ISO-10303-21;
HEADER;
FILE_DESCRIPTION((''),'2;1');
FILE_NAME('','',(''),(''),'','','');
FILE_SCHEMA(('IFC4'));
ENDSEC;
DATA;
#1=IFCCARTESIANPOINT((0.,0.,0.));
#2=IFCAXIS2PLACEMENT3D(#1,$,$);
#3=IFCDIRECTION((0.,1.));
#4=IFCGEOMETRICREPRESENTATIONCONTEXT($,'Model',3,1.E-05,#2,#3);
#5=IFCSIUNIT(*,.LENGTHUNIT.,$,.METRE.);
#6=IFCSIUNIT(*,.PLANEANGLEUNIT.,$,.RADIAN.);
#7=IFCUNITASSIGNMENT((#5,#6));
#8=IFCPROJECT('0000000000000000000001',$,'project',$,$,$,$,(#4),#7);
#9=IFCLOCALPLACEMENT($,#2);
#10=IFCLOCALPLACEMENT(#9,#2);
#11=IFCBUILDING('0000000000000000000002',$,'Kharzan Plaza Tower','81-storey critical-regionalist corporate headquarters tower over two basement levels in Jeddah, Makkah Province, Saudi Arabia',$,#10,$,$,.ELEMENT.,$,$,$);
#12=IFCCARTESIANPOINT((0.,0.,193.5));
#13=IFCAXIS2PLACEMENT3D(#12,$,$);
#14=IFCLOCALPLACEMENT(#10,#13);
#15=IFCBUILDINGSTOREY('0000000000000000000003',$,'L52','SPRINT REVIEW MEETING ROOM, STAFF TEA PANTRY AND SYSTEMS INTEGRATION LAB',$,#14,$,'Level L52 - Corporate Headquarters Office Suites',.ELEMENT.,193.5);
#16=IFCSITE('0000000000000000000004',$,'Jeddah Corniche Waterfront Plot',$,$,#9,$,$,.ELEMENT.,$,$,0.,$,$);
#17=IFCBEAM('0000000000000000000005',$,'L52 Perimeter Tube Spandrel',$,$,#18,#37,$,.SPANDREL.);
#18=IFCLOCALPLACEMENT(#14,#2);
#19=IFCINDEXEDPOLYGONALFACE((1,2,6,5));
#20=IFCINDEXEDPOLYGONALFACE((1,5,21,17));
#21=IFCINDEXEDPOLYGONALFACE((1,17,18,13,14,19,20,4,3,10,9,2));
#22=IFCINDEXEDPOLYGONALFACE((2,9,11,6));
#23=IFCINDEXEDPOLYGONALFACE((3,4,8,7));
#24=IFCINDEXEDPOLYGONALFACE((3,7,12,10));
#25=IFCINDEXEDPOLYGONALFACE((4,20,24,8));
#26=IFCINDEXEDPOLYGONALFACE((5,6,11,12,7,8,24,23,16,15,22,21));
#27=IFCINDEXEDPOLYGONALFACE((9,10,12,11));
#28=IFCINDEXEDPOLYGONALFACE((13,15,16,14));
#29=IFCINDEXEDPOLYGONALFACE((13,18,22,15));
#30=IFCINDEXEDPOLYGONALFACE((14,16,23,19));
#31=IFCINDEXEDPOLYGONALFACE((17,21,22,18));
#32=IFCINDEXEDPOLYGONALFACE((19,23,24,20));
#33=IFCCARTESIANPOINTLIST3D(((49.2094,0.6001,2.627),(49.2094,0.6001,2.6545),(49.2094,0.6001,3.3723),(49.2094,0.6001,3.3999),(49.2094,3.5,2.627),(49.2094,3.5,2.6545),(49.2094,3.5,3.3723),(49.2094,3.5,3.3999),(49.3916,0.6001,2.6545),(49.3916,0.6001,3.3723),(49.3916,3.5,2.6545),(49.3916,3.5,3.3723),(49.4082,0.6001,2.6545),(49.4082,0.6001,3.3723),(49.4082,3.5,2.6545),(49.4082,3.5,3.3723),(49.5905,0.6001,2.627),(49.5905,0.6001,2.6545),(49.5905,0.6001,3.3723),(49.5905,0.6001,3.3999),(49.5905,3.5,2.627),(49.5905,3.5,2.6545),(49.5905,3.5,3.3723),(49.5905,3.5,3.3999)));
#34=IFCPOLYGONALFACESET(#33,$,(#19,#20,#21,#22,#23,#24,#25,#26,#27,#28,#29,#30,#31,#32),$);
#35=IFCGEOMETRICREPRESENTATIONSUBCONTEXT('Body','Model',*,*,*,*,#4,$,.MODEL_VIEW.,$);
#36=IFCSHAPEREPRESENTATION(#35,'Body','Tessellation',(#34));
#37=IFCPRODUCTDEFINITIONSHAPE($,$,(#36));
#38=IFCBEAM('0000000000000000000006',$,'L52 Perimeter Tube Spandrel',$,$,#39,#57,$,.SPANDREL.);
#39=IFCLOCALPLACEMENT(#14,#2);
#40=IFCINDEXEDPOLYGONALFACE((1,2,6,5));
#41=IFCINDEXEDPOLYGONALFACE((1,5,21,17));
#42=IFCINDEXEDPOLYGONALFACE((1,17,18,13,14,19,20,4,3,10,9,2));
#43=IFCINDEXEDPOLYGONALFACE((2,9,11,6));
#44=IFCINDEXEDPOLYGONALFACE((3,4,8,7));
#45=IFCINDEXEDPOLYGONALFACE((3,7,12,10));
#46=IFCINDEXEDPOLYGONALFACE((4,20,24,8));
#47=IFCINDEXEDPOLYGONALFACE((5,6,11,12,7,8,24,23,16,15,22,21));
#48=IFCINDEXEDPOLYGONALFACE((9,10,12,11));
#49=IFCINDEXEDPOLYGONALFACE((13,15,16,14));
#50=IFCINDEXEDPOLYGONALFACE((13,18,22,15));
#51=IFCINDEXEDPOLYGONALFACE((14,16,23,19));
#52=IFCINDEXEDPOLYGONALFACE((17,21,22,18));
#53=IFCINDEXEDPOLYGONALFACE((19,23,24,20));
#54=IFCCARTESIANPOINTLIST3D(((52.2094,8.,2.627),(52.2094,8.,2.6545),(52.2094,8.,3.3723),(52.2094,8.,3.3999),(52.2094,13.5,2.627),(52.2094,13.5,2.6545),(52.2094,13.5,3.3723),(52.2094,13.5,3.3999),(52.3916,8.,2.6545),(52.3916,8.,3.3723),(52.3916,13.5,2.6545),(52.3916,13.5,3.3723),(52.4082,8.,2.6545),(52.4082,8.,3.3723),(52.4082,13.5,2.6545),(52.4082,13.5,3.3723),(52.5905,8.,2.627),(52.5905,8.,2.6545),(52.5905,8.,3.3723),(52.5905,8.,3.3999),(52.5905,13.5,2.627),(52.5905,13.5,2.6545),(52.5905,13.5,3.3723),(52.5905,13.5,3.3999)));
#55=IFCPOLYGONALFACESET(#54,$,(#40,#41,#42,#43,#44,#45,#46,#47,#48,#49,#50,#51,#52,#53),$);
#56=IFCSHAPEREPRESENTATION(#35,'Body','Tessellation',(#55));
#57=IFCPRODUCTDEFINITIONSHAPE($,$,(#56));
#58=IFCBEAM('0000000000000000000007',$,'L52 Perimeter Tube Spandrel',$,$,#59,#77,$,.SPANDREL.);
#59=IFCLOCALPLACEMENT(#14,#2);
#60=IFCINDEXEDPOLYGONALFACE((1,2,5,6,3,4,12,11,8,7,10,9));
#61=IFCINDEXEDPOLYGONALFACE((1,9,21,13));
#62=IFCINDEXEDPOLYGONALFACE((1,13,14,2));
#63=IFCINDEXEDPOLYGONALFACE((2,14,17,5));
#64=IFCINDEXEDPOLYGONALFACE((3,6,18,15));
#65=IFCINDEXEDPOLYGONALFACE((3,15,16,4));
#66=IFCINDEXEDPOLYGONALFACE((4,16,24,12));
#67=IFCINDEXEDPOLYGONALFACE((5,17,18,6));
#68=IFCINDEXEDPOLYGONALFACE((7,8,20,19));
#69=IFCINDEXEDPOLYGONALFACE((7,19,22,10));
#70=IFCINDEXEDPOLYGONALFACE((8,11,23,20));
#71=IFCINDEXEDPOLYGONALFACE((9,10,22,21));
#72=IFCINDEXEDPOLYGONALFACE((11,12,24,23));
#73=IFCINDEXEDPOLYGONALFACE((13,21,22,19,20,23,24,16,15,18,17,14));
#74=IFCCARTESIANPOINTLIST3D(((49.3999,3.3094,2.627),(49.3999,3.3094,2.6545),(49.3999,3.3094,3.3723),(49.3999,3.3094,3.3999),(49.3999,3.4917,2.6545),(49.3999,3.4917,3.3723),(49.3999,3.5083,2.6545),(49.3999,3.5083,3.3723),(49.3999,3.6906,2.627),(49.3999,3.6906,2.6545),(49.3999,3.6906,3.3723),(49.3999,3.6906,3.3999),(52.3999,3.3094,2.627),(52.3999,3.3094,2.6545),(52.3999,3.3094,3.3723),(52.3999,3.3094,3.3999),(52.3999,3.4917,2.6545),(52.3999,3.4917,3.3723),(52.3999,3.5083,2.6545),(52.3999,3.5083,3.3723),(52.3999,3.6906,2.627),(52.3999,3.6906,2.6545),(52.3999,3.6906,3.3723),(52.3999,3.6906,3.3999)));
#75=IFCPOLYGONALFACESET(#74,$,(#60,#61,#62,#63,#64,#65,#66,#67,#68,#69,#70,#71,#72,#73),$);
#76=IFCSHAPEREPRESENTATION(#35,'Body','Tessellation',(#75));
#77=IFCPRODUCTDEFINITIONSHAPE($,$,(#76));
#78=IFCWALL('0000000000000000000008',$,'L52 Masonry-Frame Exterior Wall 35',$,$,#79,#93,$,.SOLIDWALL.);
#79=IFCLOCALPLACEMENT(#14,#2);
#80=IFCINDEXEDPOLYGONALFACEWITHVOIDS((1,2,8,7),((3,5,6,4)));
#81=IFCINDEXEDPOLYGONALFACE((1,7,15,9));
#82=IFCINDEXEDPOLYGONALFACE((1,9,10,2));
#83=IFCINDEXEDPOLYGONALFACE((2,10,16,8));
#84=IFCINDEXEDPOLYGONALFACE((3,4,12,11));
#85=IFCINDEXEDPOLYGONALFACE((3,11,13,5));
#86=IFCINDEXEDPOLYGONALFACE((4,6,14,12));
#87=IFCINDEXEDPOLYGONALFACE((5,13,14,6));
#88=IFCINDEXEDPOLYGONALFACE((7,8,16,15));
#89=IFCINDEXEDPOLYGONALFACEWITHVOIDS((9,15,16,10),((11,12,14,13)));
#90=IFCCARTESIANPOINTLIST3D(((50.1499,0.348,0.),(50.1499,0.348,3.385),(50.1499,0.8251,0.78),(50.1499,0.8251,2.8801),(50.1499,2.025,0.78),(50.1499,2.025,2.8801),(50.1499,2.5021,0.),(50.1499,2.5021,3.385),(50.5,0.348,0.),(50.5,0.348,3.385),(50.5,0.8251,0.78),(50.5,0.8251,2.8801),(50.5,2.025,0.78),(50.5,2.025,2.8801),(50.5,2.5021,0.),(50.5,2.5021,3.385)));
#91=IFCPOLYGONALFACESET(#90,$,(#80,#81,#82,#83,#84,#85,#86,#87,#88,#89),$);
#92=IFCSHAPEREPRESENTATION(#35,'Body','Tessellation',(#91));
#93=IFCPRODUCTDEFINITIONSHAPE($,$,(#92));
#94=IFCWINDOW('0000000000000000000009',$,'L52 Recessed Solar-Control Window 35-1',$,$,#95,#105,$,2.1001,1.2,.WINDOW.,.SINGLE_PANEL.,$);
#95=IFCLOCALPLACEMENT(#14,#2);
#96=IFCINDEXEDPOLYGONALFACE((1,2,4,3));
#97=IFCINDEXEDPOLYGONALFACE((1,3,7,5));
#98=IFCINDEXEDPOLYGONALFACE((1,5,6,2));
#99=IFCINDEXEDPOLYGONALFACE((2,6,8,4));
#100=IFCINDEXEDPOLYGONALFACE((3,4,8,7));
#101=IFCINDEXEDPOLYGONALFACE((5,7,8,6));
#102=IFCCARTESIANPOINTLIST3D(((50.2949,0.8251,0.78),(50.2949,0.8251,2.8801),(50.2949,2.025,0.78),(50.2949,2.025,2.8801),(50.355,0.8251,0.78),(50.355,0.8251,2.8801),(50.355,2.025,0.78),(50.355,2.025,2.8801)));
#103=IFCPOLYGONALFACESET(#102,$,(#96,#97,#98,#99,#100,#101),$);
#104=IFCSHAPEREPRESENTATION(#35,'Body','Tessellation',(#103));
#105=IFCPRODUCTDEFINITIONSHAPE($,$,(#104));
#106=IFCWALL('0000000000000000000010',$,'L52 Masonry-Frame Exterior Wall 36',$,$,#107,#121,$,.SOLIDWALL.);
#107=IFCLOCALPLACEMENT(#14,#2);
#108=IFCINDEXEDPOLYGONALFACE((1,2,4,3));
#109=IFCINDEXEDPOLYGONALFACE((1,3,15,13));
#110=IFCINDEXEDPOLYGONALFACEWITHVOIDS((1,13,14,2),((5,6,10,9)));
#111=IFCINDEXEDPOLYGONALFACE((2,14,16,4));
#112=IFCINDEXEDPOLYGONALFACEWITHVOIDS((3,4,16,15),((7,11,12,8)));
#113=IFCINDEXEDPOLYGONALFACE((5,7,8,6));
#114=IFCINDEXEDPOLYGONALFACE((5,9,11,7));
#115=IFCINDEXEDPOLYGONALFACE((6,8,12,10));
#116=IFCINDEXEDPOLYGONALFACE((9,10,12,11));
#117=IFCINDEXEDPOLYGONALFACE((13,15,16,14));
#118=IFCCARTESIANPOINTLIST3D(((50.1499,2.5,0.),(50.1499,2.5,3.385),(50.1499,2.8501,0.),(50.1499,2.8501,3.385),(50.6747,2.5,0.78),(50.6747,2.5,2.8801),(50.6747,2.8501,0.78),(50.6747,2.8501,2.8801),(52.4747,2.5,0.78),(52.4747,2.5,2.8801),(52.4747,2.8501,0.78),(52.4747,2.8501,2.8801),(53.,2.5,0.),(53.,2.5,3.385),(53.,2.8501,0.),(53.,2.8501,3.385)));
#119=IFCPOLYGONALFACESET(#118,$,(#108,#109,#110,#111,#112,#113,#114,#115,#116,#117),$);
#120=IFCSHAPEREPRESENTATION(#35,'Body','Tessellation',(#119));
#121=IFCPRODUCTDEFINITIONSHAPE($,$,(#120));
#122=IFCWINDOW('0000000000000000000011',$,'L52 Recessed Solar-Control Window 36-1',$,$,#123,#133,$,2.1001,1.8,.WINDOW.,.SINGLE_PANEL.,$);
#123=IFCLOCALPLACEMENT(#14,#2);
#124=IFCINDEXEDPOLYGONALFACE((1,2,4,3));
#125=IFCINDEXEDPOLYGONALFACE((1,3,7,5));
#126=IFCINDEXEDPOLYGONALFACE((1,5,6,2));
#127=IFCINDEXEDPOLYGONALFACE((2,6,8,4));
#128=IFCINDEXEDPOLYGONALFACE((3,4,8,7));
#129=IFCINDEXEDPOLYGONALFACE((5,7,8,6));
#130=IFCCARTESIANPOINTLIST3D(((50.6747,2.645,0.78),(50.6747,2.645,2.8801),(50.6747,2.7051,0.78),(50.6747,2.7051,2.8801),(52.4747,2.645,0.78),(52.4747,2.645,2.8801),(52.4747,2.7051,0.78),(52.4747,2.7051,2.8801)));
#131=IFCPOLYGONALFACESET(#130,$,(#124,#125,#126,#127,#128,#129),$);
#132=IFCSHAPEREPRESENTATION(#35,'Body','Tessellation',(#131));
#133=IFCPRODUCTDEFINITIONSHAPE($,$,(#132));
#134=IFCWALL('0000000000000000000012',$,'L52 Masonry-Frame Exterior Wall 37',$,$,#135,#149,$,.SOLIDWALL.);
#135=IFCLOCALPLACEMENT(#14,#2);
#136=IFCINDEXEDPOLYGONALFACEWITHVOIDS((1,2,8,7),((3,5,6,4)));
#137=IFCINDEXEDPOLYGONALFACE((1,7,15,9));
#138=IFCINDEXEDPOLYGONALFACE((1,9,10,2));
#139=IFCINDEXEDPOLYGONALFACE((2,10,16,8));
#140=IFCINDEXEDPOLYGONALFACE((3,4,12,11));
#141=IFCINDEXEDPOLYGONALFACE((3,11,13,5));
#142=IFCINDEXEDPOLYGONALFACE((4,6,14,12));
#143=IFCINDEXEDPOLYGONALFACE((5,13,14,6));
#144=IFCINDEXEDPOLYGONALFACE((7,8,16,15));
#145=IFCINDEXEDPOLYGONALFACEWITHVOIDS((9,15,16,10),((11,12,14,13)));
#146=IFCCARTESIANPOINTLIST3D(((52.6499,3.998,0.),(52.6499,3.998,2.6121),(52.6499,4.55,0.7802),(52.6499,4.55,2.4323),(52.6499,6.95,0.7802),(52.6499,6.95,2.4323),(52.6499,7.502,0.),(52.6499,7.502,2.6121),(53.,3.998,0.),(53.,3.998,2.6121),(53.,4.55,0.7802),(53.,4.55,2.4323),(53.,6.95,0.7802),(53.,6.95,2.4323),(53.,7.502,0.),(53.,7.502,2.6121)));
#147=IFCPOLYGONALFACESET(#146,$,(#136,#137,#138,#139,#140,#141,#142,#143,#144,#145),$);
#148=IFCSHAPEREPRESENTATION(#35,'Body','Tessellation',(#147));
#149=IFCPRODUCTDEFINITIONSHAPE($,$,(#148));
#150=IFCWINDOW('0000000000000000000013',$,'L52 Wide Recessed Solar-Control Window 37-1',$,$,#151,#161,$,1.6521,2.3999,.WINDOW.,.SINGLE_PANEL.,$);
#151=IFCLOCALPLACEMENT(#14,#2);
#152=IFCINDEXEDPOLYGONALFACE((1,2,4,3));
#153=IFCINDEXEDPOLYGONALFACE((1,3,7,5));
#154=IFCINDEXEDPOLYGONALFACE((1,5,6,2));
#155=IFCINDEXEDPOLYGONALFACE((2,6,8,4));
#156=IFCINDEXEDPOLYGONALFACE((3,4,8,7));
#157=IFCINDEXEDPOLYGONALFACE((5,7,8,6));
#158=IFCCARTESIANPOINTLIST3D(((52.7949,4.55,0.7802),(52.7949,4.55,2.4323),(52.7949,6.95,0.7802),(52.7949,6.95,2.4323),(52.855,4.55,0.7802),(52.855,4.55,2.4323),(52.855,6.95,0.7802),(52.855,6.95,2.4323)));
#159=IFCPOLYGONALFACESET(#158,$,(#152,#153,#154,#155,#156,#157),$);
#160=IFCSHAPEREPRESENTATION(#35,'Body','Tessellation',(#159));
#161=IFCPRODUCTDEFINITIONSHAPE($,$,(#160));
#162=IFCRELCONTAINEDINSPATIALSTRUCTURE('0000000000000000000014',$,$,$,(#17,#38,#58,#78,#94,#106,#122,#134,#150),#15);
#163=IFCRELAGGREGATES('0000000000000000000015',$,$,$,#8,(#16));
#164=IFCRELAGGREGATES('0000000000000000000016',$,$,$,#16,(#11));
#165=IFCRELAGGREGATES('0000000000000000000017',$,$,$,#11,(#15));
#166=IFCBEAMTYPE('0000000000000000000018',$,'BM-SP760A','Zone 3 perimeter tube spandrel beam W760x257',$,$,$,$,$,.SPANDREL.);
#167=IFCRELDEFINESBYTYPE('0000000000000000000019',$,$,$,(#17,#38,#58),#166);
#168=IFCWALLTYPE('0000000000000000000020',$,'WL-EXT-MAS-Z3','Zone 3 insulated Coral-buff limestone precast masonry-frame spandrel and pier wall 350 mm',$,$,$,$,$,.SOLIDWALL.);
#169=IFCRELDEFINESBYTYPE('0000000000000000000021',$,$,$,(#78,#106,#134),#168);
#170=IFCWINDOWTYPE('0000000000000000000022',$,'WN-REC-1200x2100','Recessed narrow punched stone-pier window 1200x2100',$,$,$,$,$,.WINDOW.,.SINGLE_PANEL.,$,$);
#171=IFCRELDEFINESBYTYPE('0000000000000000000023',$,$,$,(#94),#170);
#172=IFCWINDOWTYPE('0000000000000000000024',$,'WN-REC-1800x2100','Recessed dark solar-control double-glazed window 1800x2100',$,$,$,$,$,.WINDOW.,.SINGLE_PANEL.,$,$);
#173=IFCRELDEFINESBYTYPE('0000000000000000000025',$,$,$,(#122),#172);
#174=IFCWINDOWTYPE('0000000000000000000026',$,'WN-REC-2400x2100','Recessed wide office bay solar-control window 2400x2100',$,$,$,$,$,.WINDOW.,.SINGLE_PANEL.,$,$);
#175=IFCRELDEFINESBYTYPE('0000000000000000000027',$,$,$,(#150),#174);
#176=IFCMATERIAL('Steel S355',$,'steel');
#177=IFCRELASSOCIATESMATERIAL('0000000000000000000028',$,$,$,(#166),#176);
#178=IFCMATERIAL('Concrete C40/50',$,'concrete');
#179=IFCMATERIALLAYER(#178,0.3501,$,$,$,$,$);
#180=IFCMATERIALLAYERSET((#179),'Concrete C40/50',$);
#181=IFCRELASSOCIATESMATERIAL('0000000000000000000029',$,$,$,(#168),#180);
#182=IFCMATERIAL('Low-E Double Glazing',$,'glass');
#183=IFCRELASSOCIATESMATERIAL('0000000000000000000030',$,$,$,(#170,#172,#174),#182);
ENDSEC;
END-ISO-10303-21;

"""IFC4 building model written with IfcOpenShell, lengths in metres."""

from ifc_helpers import new_model, si_unit, direction, frame, frame_2d, origin, origin_2d, place, context, subcontext, project, spatial, rectangle, i_section, extrude, source, transform, mapped, material, layer, layer_set, material_profile, profile_set, type_object, element, fill, save


model = new_model("IFC4")

# Units and contexts
model_context = context("Model", 3, precision=1e-05, world=origin(), true_north=direction((0.0, 1.0)))
body_context = subcontext(model_context, "Body", "Model", "MODEL_VIEW")
ifc_project = project(units=[si_unit("LENGTHUNIT", "METRE"), si_unit("PLANEANGLEUNIT", "RADIAN")], contexts=[model_context])

# Site, building, storey
site_placement = place(None, origin())
site = spatial("IfcSite", under=ifc_project, at=site_placement, Name="Jeddah Corniche Waterfront Plot", CompositionType="ELEMENT", RefElevation=0.0)
building_placement = place(site_placement, origin())
building = spatial("IfcBuilding", under=site, at=building_placement, Name="Kharzan Plaza Tower", Description="81-storey critical-regionalist corporate headquarters tower over two basement levels in Jeddah, Makkah Province, Saudi Arabia", CompositionType="ELEMENT")
storey_placement = place(building_placement, frame((0.0, 0.0, 193.5)))
storey = spatial("IfcBuildingStorey", under=building, at=storey_placement, Name="L52", Description="SPRINT REVIEW MEETING ROOM, STAFF TEA PANTRY AND SYSTEMS INTEGRATION LAB", LongName="Level L52 - Corporate Headquarters Office Suites", CompositionType="ELEMENT", Elevation=193.5)

# Beams
ifc_material_1 = material(Name="Steel S355", Category="steel")
ifc_material_profile_1 = material_profile(ifc_material_1, i_section(OverallWidth=0.3811, OverallDepth=0.7729, WebThickness=0.0166, FlangeThickness=0.0276, at=origin_2d()), Name="W760x257")
ifc_profile_set_1 = profile_set([ifc_material_profile_1], Name="Steel S355")
beam_type_1 = type_object("IfcBeamType", Name="BM-SP760A", Description="Zone 3 perimeter tube spandrel beam W760x257", PredefinedType="SPANDREL", material=ifc_profile_set_1)
shared_shape_1 = source(origin(), body_context, "Body", "SweptSolid", [
    extrude(i_section(OverallWidth=0.3811, OverallDepth=0.7729, WebThickness=0.0166, FlangeThickness=0.0276, at=origin_2d()), origin(), (0.0, 0.0, 1.0), 2.8999),
])
beam_1_placement = place(storey_placement, frame((49.3999, 0.6001, 3.0134), z_axis=(0.0, 1.0, 0.0), x_axis=(-1.0, 0.0, 0.0)))
element("IfcBeam", 1, at=beam_1_placement, inside=storey, type_object=beam_type_1, Name="L52 Perimeter Tube Spandrel", PredefinedType="SPANDREL", context=body_context, shape_type="MappedRepresentation", body=[
    mapped(shared_shape_1, transform((0.0, 0.0, 0.0), x_axis=(1.0, 0.0, 0.0), y_axis=(0.0, 1.0, 0.0), z_axis=(0.0, 0.0, 1.0))),
])
shared_shape_2 = source(origin(), body_context, "Body", "SweptSolid", [
    extrude(i_section(OverallWidth=0.3811, OverallDepth=0.7729, WebThickness=0.0166, FlangeThickness=0.0276, at=origin_2d()), origin(), (0.0, 0.0, 1.0), 5.5),
])
beam_2_placement = place(storey_placement, frame((52.3999, 8.0, 3.0134), z_axis=(0.0, 1.0, 0.0), x_axis=(-1.0, 0.0, 0.0)))
element("IfcBeam", 2, at=beam_2_placement, inside=storey, type_object=beam_type_1, Name="L52 Perimeter Tube Spandrel", PredefinedType="SPANDREL", context=body_context, shape_type="MappedRepresentation", body=[
    mapped(shared_shape_2, transform((0.0, 0.0, 0.0), x_axis=(1.0, 0.0, 0.0), y_axis=(0.0, 1.0, 0.0), z_axis=(0.0, 0.0, 1.0))),
])
shared_shape_3 = source(origin(), body_context, "Body", "SweptSolid", [
    extrude(i_section(OverallWidth=0.3811, OverallDepth=0.7729, WebThickness=0.0166, FlangeThickness=0.0276, at=origin_2d()), origin(), (0.0, 0.0, 1.0), 3.0),
])
beam_3_placement = place(storey_placement, frame((49.3999, 3.5, 3.0134), z_axis=(1.0, 0.0, 0.0), x_axis=(0.0, 1.0, 0.0)))
element("IfcBeam", 3, at=beam_3_placement, inside=storey, type_object=beam_type_1, Name="L52 Perimeter Tube Spandrel", PredefinedType="SPANDREL", context=body_context, shape_type="MappedRepresentation", body=[
    mapped(shared_shape_3, transform((0.0, 0.0, 0.0), x_axis=(1.0, 0.0, 0.0), y_axis=(0.0, 1.0, 0.0), z_axis=(0.0, 0.0, 1.0))),
])

# Walls, openings, windows
ifc_material_2 = material(Name="Concrete C40/50", Category="concrete")
ifc_layer_1 = layer(ifc_material_2, 0.3501)
ifc_layer_set_1 = layer_set([ifc_layer_1], Name="Concrete C40/50")
wall_type_1 = type_object("IfcWallType", Name="WL-EXT-MAS-Z3", Description="Zone 3 insulated Coral-buff limestone precast masonry-frame spandrel and pier wall 350 mm", PredefinedType="SOLIDWALL", material=ifc_layer_set_1)
wall_1_placement = place(storey_placement, frame((50.325, 0.3479, 0.0), z_axis=(0.0, 0.0, 1.0), x_axis=(0.0, 1.0, 0.0)))
wall_1 = element("IfcWall", 4, at=wall_1_placement, inside=storey, type_object=wall_type_1, Name="L52 Masonry-Frame Exterior Wall 35", PredefinedType="SOLIDWALL", context=body_context, shape_type="SweptSolid", body=[
    extrude(rectangle(XDim=2.1541, YDim=0.3501, at=frame_2d((1.0771, 0.0))), origin(), (0.0, 0.0, 1.0), 3.385),
])
opening_1_placement = place(wall_1_placement, frame((0.4771, 0.0, 0.78)))
opening_1 = element("IfcOpeningElement", 5, at=opening_1_placement, cuts=wall_1, PredefinedType="OPENING", context=body_context, shape_type="SweptSolid", body=[
    extrude(rectangle(XDim=1.2, YDim=2.1001, at=frame_2d((0.6001, 1.05))), frame((0.0, 0.1851, 0.0), z_axis=(0.0, -1.0, 0.0), x_axis=(1.0, 0.0, 0.0)), (0.0, 0.0, 1.0), 0.3701),
])
ifc_material_3 = material(Name="Low-E Double Glazing", Category="glass")
window_type_1 = type_object("IfcWindowType", Name="WN-REC-1200x2100", Description="Recessed narrow punched stone-pier window 1200x2100", PartitioningType="SINGLE_PANEL", PredefinedType="WINDOW", material=ifc_material_3)
shared_shape_4 = source(origin(), body_context, "Body", "SweptSolid", [
    extrude(rectangle(XDim=1.2, YDim=2.1001, at=frame_2d((0.6001, 1.05))), frame((0.0, 0.03, 0.0), z_axis=(0.0, -1.0, 0.0), x_axis=(1.0, 0.0, 0.0)), (0.0, 0.0, 1.0), 0.0601),
])
window_1_placement = place(opening_1_placement, origin())
window_1 = element("IfcWindow", 6, at=window_1_placement, inside=storey, type_object=window_type_1, Name="L52 Recessed Solar-Control Window 35-1", OverallHeight=2.1001, OverallWidth=1.2, PartitioningType="SINGLE_PANEL", PredefinedType="WINDOW", context=body_context, shape_type="MappedRepresentation", body=[
    mapped(shared_shape_4, transform((0.0, 0.0, 0.0), x_axis=(1.0, 0.0, 0.0), y_axis=(0.0, 1.0, 0.0), z_axis=(0.0, 0.0, 1.0))),
])
fill(opening_1, window_1)
wall_2_placement = place(storey_placement, frame((50.1499, 2.675, 0.0), z_axis=(0.0, 0.0, 1.0), x_axis=(1.0, 0.0, 0.0)))
wall_2 = element("IfcWall", 7, at=wall_2_placement, inside=storey, type_object=wall_type_1, Name="L52 Masonry-Frame Exterior Wall 36", PredefinedType="SOLIDWALL", context=body_context, shape_type="SweptSolid", body=[
    extrude(rectangle(XDim=2.8501, YDim=0.3501, at=frame_2d((1.425, 0.0))), origin(), (0.0, 0.0, 1.0), 3.385),
])
opening_2_placement = place(wall_2_placement, frame((0.5249, 0.0, 0.78)))
opening_2 = element("IfcOpeningElement", 8, at=opening_2_placement, cuts=wall_2, PredefinedType="OPENING", context=body_context, shape_type="SweptSolid", body=[
    extrude(rectangle(XDim=1.8, YDim=2.1001, at=frame_2d((0.8999, 1.05))), frame((0.0, 0.1851, 0.0), z_axis=(0.0, -1.0, 0.0), x_axis=(1.0, 0.0, 0.0)), (0.0, 0.0, 1.0), 0.3701),
])
window_type_2 = type_object("IfcWindowType", Name="WN-REC-1800x2100", Description="Recessed dark solar-control double-glazed window 1800x2100", PartitioningType="SINGLE_PANEL", PredefinedType="WINDOW", material=ifc_material_3)
shared_shape_5 = source(origin(), body_context, "Body", "SweptSolid", [
    extrude(rectangle(XDim=1.8, YDim=2.1001, at=frame_2d((0.8999, 1.05))), frame((0.0, 0.03, 0.0), z_axis=(0.0, -1.0, 0.0), x_axis=(1.0, 0.0, 0.0)), (0.0, 0.0, 1.0), 0.0601),
])
window_2_placement = place(opening_2_placement, origin())
window_2 = element("IfcWindow", 9, at=window_2_placement, inside=storey, type_object=window_type_2, Name="L52 Recessed Solar-Control Window 36-1", OverallHeight=2.1001, OverallWidth=1.8, PartitioningType="SINGLE_PANEL", PredefinedType="WINDOW", context=body_context, shape_type="MappedRepresentation", body=[
    mapped(shared_shape_5, transform((0.0, 0.0, 0.0), x_axis=(1.0, 0.0, 0.0), y_axis=(0.0, 1.0, 0.0), z_axis=(0.0, 0.0, 1.0))),
])
fill(opening_2, window_2)
wall_3_placement = place(storey_placement, frame((52.825, 3.998, 0.0), z_axis=(0.0, 0.0, 1.0), x_axis=(0.0, 1.0, 0.0)))
wall_3 = element("IfcWall", 10, at=wall_3_placement, inside=storey, type_object=wall_type_1, Name="L52 Masonry-Frame Exterior Wall 37", PredefinedType="SOLIDWALL", context=body_context, shape_type="SweptSolid", body=[
    extrude(rectangle(XDim=3.5039, YDim=0.3501, at=frame_2d((1.752, 0.0))), origin(), (0.0, 0.0, 1.0), 2.6121),
])
opening_3_placement = place(wall_3_placement, frame((0.552, 0.0, 0.78)))
opening_3 = element("IfcOpeningElement", 11, at=opening_3_placement, cuts=wall_3, PredefinedType="OPENING", context=body_context, shape_type="SweptSolid", body=[
    extrude(rectangle(XDim=2.3999, YDim=1.6521, at=frame_2d((1.2, 0.8262))), frame((0.0, 0.1851, 0.0), z_axis=(0.0, -1.0, 0.0), x_axis=(1.0, 0.0, 0.0)), (0.0, 0.0, 1.0), 0.3701),
])
window_type_3 = type_object("IfcWindowType", Name="WN-REC-2400x2100", Description="Recessed wide office bay solar-control window 2400x2100", PartitioningType="SINGLE_PANEL", PredefinedType="WINDOW", material=ifc_material_3)
shared_shape_6 = source(origin(), body_context, "Body", "SweptSolid", [
    extrude(rectangle(XDim=2.3999, YDim=1.6521, at=frame_2d((1.2, 0.8262))), frame((0.0, 0.03, 0.0), z_axis=(0.0, -1.0, 0.0), x_axis=(1.0, 0.0, 0.0)), (0.0, 0.0, 1.0), 0.0601),
])
window_3_placement = place(opening_3_placement, origin())
window_3 = element("IfcWindow", 12, at=window_3_placement, inside=storey, type_object=window_type_3, Name="L52 Wide Recessed Solar-Control Window 37-1", OverallHeight=1.6521, OverallWidth=2.3999, PartitioningType="SINGLE_PANEL", PredefinedType="WINDOW", context=body_context, shape_type="MappedRepresentation", body=[
    mapped(shared_shape_6, transform((0.0, 0.0, 0.0), x_axis=(1.0, 0.0, 0.0), y_axis=(0.0, 1.0, 0.0), z_axis=(0.0, 0.0, 1.0))),
])
fill(opening_3, window_3)

save(model, "model.ifc")
